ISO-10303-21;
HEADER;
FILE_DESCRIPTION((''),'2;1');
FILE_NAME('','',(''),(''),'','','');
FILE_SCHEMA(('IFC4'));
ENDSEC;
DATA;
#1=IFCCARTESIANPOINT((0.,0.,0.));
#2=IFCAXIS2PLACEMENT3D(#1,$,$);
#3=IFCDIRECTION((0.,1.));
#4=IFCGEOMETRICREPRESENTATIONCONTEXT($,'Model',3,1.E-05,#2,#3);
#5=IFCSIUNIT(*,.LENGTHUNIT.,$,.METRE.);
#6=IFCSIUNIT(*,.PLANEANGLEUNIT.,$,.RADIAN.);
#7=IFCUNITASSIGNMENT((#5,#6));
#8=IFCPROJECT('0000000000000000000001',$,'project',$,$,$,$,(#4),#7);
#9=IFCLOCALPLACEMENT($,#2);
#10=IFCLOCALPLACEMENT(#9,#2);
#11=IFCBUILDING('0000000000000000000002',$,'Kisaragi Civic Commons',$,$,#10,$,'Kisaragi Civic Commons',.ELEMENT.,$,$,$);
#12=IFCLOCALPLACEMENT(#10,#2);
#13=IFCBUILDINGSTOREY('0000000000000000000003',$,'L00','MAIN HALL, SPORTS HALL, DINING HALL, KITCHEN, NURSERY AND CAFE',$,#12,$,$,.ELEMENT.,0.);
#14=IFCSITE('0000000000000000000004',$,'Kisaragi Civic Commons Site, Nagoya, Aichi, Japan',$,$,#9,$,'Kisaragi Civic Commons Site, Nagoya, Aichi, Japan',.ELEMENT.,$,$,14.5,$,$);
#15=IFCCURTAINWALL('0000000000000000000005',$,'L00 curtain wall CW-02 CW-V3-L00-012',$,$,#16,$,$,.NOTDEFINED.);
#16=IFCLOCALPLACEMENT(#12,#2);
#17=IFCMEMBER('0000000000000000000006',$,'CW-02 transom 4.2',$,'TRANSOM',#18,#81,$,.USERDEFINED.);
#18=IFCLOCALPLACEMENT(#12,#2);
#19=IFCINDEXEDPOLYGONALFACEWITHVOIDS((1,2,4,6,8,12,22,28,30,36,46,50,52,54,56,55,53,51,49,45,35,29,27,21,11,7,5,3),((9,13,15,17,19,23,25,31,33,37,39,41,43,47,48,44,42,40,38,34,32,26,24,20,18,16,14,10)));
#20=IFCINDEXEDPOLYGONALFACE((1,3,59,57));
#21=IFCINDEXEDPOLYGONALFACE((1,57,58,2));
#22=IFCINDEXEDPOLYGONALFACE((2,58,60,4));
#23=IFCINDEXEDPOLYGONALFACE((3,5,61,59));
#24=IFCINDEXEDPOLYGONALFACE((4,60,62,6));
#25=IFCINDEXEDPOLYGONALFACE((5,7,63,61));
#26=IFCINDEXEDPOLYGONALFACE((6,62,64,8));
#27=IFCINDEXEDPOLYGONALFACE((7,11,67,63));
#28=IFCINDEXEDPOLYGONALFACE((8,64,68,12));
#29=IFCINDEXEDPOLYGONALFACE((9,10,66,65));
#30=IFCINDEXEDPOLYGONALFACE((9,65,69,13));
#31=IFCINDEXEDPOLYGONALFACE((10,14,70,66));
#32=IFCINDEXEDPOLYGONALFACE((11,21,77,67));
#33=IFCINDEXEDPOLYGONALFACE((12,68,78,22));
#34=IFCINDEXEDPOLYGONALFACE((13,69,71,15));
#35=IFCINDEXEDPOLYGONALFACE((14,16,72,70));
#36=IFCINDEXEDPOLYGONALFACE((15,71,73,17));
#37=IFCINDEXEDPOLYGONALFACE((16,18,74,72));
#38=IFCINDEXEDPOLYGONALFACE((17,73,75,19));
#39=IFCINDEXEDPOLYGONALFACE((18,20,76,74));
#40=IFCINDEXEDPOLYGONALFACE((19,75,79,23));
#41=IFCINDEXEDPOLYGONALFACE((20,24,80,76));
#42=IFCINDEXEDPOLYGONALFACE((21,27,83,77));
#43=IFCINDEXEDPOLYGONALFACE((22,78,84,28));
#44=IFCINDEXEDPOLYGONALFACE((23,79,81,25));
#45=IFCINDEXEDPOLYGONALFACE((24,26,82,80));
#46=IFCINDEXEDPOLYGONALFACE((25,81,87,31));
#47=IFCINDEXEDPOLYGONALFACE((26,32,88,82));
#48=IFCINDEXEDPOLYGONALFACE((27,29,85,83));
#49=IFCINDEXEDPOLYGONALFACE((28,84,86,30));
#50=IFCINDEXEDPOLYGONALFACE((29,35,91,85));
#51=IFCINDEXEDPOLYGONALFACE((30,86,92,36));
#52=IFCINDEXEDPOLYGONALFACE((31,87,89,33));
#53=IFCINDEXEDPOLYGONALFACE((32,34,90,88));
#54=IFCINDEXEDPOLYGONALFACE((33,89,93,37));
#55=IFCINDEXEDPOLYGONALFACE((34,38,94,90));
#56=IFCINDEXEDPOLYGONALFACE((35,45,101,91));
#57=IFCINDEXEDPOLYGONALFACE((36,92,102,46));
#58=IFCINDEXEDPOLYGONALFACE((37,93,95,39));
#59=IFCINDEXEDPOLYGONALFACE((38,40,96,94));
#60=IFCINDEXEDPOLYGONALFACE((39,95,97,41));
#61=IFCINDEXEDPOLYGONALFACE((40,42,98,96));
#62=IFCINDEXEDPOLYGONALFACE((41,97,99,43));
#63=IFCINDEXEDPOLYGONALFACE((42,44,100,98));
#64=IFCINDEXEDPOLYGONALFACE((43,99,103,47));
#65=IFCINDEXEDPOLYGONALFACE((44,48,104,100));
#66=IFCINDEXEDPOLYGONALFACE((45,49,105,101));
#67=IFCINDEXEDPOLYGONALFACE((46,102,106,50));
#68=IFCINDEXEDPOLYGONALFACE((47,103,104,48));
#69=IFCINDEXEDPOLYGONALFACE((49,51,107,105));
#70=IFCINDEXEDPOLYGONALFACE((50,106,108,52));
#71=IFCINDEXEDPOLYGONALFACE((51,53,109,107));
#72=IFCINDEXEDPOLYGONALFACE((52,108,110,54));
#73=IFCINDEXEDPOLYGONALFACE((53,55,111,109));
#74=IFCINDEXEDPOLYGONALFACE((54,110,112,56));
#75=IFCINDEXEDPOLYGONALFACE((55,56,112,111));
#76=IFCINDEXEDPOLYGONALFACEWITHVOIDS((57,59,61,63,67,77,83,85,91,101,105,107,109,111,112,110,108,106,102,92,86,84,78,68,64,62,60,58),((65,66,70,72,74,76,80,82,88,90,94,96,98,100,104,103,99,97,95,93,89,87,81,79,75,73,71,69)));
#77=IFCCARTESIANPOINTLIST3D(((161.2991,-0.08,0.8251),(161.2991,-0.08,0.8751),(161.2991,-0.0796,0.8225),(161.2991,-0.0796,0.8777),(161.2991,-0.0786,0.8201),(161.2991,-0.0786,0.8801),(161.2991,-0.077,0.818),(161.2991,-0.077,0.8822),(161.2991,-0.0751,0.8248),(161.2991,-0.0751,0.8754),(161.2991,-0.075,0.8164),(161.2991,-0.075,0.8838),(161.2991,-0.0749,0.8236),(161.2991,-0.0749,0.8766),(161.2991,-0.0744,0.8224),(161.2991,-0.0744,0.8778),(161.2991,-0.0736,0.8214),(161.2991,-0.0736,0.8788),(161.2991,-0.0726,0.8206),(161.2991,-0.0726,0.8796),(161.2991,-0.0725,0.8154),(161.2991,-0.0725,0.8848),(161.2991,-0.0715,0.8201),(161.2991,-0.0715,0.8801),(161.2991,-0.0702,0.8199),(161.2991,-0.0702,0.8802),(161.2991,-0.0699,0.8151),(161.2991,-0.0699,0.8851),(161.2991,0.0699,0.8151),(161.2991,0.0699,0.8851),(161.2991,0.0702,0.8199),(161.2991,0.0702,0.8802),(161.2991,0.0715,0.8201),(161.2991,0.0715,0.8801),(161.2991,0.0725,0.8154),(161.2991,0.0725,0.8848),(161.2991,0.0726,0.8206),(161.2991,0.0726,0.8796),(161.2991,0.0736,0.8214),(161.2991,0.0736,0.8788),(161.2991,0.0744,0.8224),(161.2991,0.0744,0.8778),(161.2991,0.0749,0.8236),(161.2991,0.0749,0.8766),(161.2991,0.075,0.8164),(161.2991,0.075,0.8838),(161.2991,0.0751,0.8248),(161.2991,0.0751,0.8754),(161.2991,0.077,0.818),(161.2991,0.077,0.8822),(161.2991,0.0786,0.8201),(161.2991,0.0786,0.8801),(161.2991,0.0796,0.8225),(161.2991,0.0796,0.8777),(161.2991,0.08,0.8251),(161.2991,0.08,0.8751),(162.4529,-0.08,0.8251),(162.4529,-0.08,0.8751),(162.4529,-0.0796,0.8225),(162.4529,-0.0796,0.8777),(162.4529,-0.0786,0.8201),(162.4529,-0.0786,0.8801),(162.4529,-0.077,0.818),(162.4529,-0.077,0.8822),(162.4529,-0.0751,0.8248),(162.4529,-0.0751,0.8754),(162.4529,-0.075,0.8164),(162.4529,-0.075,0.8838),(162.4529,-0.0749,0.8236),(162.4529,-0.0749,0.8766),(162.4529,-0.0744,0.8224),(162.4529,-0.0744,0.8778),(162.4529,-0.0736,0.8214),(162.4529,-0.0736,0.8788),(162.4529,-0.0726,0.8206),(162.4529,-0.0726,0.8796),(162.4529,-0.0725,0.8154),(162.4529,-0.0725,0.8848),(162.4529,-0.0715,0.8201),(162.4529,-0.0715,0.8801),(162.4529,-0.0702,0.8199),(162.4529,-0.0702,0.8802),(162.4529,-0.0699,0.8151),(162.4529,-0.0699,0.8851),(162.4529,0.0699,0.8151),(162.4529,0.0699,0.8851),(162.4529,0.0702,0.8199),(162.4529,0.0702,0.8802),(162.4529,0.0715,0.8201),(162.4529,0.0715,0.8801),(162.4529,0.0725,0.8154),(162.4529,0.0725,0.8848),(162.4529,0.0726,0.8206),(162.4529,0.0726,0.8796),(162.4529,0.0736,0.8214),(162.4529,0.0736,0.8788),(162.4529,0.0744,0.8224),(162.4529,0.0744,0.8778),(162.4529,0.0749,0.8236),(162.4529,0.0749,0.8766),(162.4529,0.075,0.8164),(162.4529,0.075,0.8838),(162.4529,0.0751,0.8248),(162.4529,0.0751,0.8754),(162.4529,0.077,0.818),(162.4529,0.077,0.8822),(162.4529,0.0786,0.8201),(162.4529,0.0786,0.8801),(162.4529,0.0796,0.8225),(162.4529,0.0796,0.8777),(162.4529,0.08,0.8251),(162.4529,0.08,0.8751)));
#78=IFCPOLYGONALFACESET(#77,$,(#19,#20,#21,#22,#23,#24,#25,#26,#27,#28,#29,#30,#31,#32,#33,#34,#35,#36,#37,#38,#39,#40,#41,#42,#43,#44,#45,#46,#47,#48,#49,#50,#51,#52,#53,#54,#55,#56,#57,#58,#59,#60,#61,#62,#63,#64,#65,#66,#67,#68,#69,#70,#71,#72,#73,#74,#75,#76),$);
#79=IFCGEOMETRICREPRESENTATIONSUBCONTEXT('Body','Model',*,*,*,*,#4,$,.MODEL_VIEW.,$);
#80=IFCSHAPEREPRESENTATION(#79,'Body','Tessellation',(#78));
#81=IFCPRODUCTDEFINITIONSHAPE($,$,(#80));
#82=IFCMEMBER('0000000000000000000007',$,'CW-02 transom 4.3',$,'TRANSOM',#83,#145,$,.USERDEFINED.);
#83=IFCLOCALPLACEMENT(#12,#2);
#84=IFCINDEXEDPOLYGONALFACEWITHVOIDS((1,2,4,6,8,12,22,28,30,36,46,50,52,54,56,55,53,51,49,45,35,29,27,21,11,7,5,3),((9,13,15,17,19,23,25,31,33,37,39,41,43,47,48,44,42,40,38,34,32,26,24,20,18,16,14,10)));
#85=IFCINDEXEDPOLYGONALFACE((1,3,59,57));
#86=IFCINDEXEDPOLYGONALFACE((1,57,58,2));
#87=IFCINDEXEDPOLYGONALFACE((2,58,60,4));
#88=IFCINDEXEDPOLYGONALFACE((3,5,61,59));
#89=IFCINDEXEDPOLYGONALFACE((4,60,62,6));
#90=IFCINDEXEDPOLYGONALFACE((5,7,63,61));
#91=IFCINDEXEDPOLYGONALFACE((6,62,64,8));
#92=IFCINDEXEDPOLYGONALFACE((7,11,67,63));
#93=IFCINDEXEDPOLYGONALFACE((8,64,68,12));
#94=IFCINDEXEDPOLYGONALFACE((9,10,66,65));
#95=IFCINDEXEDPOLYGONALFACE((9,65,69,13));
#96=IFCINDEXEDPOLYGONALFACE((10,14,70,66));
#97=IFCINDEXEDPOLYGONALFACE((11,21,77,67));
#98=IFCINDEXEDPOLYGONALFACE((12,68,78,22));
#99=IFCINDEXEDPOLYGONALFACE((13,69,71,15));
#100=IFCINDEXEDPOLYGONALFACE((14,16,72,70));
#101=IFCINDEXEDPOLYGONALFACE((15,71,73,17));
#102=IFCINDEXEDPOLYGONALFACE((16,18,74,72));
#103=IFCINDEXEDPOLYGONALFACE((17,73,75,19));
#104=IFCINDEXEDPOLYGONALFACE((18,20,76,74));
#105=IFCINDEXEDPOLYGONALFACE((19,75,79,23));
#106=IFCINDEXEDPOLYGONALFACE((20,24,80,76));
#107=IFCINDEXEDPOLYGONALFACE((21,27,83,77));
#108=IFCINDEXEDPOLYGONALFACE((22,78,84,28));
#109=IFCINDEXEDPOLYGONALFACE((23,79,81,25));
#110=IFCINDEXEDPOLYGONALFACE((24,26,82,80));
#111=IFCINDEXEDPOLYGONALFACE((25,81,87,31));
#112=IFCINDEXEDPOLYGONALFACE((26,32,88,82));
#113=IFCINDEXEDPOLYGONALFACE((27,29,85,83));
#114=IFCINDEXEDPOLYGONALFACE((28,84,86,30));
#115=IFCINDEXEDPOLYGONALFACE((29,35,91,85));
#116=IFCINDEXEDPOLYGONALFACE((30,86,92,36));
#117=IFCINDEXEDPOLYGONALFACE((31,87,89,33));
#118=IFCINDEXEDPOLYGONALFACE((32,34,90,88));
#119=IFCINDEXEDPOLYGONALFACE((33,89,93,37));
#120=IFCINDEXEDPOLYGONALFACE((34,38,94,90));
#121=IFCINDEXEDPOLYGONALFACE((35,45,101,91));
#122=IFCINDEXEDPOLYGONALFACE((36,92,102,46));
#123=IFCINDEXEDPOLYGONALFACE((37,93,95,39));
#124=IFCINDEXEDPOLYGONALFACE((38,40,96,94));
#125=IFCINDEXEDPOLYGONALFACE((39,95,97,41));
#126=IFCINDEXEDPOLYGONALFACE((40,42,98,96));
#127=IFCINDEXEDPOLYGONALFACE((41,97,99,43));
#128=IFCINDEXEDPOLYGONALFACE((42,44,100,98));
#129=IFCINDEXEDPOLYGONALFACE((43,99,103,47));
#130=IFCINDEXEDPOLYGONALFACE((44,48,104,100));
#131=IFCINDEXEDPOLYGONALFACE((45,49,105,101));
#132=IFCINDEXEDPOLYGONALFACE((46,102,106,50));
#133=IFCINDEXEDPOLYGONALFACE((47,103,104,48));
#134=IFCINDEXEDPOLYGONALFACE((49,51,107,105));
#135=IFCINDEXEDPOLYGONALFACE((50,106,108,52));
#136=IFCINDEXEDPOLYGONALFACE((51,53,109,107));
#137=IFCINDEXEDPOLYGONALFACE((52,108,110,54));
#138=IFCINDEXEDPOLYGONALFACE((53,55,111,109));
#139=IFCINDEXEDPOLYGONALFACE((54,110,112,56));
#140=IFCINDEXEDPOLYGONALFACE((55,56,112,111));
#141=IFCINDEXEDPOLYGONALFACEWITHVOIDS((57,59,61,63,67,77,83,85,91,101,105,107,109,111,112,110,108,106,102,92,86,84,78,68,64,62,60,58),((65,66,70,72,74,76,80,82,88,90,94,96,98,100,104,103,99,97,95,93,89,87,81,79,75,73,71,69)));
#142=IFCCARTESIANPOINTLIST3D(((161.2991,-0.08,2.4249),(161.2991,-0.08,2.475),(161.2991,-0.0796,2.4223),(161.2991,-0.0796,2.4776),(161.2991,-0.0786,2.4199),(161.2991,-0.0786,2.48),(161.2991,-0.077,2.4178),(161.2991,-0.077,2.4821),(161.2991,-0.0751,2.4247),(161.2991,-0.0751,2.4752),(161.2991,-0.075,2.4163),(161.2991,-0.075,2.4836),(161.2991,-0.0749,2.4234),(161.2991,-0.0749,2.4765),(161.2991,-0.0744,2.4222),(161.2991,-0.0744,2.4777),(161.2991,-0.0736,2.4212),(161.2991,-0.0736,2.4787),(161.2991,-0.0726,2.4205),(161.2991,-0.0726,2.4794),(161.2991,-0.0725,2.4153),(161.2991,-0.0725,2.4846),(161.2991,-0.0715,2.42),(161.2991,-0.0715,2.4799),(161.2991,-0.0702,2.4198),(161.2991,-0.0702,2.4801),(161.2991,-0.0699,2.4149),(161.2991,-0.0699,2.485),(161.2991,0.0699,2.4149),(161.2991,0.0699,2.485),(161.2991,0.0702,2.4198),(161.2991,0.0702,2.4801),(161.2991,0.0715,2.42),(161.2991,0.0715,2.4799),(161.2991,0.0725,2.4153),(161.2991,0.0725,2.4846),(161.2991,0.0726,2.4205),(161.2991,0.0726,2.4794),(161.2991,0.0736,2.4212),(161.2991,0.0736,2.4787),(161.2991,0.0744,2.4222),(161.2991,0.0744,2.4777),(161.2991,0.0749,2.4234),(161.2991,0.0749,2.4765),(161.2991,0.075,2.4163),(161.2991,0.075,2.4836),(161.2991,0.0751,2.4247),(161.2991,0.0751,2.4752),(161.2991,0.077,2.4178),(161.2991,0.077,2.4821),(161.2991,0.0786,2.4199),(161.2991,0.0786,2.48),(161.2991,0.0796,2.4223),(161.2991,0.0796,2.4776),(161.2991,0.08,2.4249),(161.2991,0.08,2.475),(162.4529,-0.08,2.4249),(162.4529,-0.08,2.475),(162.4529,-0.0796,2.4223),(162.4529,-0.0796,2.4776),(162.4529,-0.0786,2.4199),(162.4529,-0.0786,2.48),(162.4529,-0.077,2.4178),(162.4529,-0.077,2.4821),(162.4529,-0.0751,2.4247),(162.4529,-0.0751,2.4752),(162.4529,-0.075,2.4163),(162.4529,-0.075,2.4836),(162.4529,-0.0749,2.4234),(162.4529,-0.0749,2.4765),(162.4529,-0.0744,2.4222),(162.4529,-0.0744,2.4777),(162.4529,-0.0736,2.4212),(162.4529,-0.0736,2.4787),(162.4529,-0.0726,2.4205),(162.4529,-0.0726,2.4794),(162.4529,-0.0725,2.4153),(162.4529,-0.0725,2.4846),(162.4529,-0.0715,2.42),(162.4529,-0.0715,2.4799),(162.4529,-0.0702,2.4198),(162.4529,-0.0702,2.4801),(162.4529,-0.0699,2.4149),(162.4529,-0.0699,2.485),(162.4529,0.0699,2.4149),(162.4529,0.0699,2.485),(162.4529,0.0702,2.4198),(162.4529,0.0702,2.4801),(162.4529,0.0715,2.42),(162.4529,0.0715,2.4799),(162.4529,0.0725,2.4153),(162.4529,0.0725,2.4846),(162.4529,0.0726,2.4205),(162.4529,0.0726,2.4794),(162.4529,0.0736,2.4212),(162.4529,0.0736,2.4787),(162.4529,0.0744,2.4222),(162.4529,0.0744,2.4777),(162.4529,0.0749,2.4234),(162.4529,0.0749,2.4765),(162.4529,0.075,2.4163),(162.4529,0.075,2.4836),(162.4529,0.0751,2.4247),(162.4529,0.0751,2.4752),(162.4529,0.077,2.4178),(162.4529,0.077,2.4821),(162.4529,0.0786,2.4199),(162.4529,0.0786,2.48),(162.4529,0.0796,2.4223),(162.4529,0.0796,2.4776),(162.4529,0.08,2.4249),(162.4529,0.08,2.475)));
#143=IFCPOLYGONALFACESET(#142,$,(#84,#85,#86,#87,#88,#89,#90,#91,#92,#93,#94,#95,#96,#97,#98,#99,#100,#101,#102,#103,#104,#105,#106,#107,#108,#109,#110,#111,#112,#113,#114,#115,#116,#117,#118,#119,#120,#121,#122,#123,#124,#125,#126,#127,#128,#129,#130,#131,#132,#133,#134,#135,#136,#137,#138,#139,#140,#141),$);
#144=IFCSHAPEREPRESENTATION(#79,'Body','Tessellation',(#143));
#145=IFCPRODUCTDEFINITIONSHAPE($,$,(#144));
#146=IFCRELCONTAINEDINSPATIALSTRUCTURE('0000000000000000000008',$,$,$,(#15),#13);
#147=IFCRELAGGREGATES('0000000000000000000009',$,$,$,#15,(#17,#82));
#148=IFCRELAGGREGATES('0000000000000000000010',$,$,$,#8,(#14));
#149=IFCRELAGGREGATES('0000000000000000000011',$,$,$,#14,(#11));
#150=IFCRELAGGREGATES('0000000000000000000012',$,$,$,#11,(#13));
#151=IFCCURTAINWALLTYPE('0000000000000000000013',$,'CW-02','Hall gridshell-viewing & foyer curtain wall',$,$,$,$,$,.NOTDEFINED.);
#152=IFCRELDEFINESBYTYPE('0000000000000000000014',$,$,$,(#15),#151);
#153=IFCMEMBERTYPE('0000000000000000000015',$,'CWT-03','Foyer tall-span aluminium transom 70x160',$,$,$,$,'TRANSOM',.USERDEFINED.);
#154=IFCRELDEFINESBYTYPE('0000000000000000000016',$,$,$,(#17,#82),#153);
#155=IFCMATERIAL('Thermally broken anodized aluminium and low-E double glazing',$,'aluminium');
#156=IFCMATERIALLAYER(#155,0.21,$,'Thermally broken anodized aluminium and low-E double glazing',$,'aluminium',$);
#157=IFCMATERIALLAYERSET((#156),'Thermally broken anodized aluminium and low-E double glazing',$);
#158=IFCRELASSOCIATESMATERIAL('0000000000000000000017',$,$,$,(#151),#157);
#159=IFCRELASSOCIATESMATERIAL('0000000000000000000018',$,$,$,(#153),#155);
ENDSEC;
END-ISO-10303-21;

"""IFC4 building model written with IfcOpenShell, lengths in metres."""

from ifc_helpers import new_model, si_unit, direction, frame, origin, origin_2d, place, context, subcontext, project, spatial, hollow_rectangle, extrude, material, layer, layer_set, material_profile, profile_set, type_object, element, aggregate, save


model = new_model("IFC4")

# Units and contexts
model_context = context("Model", 3, precision=1e-05, world=origin(), true_north=direction((0.0, 1.0)))
body_context = subcontext(model_context, "Body", "Model", "MODEL_VIEW")
ifc_project = project(units=[si_unit("LENGTHUNIT", "METRE"), si_unit("PLANEANGLEUNIT", "RADIAN")], contexts=[model_context])

# Site, building, storey
site_placement = place(None, origin())
site = spatial("IfcSite", under=ifc_project, at=site_placement, Name="Kisaragi Civic Commons Site, Nagoya, Aichi, Japan", LongName="Kisaragi Civic Commons Site, Nagoya, Aichi, Japan", CompositionType="ELEMENT", RefElevation=14.5)
building_placement = place(site_placement, origin())
building = spatial("IfcBuilding", under=site, at=building_placement, Name="Kisaragi Civic Commons", LongName="Kisaragi Civic Commons", CompositionType="ELEMENT")
storey_placement = place(building_placement, origin())
storey = spatial("IfcBuildingStorey", under=building, at=storey_placement, Name="L00", Description="MAIN HALL, SPORTS HALL, DINING HALL, KITCHEN, NURSERY AND CAFE", CompositionType="ELEMENT", Elevation=0.0)

# Curtain wall, members
ifc_material = material(Name="Thermally broken anodized aluminium and low-E double glazing", Category="aluminium")
ifc_layer_1 = layer(ifc_material, 0.21, Name="Thermally broken anodized aluminium and low-E double glazing", Category="aluminium")
ifc_layer_set_1 = layer_set([ifc_layer_1], Name="Thermally broken anodized aluminium and low-E double glazing")
curtain_wall_type = type_object("IfcCurtainWallType", Name="CW-02", Description="Hall gridshell-viewing & foyer curtain wall", PredefinedType="NOTDEFINED", material=ifc_layer_set_1)
curtain_wall_placement = place(storey_placement, origin())
curtain_wall = element("IfcCurtainWall", 1, at=curtain_wall_placement, inside=storey, type_object=curtain_wall_type, Name="L00 curtain wall CW-02 CW-V3-L00-012", PredefinedType="NOTDEFINED")
ifc_material_profile_1 = material_profile(ifc_material, hollow_rectangle(XDim=0.1599, YDim=0.0701, WallThickness=0.0049, InnerFilletRadius=0.0049, OuterFilletRadius=0.01, at=origin_2d()), Name="CWT-70x160x5", Category="aluminium")
ifc_profile_set_1 = profile_set([ifc_material_profile_1], Name="Thermally broken anodized aluminium and low-E double glazing")
member_type_1 = type_object("IfcMemberType", Name="CWT-03", Description="Foyer tall-span aluminium transom 70x160", ElementType="TRANSOM", PredefinedType="USERDEFINED", material=ifc_profile_set_1)
member_1_placement = place(storey_placement, frame((162.4529, 0.0, 0.8501), z_axis=(-1.0, 0.0, 0.0), x_axis=(0.0, -1.0, 0.0)))
member_1 = element("IfcMember", 2, at=member_1_placement, type_object=member_type_1, Name="CW-02 transom 4.2", ObjectType="TRANSOM", PredefinedType="USERDEFINED", context=body_context, shape_type="SweptSolid", body=[
    extrude(hollow_rectangle(XDim=0.1599, YDim=0.0701, WallThickness=0.0049, InnerFilletRadius=0.0049, OuterFilletRadius=0.01, at=origin_2d()), origin(), (0.0, 0.0, 1.0), 1.1538),
])
member_2_placement = place(storey_placement, frame((162.4529, 0.0, 2.45), z_axis=(-1.0, 0.0, 0.0), x_axis=(0.0, -1.0, 0.0)))
member_2 = element("IfcMember", 3, at=member_2_placement, type_object=member_type_1, Name="CW-02 transom 4.3", ObjectType="TRANSOM", PredefinedType="USERDEFINED", context=body_context, shape_type="SweptSolid", body=[
    extrude(hollow_rectangle(XDim=0.1599, YDim=0.0701, WallThickness=0.0049, InnerFilletRadius=0.0049, OuterFilletRadius=0.01, at=origin_2d()), origin(), (0.0, 0.0, 1.0), 1.1538),
])
aggregate(curtain_wall, [member_1, member_2])

save(model, "model.ifc")
